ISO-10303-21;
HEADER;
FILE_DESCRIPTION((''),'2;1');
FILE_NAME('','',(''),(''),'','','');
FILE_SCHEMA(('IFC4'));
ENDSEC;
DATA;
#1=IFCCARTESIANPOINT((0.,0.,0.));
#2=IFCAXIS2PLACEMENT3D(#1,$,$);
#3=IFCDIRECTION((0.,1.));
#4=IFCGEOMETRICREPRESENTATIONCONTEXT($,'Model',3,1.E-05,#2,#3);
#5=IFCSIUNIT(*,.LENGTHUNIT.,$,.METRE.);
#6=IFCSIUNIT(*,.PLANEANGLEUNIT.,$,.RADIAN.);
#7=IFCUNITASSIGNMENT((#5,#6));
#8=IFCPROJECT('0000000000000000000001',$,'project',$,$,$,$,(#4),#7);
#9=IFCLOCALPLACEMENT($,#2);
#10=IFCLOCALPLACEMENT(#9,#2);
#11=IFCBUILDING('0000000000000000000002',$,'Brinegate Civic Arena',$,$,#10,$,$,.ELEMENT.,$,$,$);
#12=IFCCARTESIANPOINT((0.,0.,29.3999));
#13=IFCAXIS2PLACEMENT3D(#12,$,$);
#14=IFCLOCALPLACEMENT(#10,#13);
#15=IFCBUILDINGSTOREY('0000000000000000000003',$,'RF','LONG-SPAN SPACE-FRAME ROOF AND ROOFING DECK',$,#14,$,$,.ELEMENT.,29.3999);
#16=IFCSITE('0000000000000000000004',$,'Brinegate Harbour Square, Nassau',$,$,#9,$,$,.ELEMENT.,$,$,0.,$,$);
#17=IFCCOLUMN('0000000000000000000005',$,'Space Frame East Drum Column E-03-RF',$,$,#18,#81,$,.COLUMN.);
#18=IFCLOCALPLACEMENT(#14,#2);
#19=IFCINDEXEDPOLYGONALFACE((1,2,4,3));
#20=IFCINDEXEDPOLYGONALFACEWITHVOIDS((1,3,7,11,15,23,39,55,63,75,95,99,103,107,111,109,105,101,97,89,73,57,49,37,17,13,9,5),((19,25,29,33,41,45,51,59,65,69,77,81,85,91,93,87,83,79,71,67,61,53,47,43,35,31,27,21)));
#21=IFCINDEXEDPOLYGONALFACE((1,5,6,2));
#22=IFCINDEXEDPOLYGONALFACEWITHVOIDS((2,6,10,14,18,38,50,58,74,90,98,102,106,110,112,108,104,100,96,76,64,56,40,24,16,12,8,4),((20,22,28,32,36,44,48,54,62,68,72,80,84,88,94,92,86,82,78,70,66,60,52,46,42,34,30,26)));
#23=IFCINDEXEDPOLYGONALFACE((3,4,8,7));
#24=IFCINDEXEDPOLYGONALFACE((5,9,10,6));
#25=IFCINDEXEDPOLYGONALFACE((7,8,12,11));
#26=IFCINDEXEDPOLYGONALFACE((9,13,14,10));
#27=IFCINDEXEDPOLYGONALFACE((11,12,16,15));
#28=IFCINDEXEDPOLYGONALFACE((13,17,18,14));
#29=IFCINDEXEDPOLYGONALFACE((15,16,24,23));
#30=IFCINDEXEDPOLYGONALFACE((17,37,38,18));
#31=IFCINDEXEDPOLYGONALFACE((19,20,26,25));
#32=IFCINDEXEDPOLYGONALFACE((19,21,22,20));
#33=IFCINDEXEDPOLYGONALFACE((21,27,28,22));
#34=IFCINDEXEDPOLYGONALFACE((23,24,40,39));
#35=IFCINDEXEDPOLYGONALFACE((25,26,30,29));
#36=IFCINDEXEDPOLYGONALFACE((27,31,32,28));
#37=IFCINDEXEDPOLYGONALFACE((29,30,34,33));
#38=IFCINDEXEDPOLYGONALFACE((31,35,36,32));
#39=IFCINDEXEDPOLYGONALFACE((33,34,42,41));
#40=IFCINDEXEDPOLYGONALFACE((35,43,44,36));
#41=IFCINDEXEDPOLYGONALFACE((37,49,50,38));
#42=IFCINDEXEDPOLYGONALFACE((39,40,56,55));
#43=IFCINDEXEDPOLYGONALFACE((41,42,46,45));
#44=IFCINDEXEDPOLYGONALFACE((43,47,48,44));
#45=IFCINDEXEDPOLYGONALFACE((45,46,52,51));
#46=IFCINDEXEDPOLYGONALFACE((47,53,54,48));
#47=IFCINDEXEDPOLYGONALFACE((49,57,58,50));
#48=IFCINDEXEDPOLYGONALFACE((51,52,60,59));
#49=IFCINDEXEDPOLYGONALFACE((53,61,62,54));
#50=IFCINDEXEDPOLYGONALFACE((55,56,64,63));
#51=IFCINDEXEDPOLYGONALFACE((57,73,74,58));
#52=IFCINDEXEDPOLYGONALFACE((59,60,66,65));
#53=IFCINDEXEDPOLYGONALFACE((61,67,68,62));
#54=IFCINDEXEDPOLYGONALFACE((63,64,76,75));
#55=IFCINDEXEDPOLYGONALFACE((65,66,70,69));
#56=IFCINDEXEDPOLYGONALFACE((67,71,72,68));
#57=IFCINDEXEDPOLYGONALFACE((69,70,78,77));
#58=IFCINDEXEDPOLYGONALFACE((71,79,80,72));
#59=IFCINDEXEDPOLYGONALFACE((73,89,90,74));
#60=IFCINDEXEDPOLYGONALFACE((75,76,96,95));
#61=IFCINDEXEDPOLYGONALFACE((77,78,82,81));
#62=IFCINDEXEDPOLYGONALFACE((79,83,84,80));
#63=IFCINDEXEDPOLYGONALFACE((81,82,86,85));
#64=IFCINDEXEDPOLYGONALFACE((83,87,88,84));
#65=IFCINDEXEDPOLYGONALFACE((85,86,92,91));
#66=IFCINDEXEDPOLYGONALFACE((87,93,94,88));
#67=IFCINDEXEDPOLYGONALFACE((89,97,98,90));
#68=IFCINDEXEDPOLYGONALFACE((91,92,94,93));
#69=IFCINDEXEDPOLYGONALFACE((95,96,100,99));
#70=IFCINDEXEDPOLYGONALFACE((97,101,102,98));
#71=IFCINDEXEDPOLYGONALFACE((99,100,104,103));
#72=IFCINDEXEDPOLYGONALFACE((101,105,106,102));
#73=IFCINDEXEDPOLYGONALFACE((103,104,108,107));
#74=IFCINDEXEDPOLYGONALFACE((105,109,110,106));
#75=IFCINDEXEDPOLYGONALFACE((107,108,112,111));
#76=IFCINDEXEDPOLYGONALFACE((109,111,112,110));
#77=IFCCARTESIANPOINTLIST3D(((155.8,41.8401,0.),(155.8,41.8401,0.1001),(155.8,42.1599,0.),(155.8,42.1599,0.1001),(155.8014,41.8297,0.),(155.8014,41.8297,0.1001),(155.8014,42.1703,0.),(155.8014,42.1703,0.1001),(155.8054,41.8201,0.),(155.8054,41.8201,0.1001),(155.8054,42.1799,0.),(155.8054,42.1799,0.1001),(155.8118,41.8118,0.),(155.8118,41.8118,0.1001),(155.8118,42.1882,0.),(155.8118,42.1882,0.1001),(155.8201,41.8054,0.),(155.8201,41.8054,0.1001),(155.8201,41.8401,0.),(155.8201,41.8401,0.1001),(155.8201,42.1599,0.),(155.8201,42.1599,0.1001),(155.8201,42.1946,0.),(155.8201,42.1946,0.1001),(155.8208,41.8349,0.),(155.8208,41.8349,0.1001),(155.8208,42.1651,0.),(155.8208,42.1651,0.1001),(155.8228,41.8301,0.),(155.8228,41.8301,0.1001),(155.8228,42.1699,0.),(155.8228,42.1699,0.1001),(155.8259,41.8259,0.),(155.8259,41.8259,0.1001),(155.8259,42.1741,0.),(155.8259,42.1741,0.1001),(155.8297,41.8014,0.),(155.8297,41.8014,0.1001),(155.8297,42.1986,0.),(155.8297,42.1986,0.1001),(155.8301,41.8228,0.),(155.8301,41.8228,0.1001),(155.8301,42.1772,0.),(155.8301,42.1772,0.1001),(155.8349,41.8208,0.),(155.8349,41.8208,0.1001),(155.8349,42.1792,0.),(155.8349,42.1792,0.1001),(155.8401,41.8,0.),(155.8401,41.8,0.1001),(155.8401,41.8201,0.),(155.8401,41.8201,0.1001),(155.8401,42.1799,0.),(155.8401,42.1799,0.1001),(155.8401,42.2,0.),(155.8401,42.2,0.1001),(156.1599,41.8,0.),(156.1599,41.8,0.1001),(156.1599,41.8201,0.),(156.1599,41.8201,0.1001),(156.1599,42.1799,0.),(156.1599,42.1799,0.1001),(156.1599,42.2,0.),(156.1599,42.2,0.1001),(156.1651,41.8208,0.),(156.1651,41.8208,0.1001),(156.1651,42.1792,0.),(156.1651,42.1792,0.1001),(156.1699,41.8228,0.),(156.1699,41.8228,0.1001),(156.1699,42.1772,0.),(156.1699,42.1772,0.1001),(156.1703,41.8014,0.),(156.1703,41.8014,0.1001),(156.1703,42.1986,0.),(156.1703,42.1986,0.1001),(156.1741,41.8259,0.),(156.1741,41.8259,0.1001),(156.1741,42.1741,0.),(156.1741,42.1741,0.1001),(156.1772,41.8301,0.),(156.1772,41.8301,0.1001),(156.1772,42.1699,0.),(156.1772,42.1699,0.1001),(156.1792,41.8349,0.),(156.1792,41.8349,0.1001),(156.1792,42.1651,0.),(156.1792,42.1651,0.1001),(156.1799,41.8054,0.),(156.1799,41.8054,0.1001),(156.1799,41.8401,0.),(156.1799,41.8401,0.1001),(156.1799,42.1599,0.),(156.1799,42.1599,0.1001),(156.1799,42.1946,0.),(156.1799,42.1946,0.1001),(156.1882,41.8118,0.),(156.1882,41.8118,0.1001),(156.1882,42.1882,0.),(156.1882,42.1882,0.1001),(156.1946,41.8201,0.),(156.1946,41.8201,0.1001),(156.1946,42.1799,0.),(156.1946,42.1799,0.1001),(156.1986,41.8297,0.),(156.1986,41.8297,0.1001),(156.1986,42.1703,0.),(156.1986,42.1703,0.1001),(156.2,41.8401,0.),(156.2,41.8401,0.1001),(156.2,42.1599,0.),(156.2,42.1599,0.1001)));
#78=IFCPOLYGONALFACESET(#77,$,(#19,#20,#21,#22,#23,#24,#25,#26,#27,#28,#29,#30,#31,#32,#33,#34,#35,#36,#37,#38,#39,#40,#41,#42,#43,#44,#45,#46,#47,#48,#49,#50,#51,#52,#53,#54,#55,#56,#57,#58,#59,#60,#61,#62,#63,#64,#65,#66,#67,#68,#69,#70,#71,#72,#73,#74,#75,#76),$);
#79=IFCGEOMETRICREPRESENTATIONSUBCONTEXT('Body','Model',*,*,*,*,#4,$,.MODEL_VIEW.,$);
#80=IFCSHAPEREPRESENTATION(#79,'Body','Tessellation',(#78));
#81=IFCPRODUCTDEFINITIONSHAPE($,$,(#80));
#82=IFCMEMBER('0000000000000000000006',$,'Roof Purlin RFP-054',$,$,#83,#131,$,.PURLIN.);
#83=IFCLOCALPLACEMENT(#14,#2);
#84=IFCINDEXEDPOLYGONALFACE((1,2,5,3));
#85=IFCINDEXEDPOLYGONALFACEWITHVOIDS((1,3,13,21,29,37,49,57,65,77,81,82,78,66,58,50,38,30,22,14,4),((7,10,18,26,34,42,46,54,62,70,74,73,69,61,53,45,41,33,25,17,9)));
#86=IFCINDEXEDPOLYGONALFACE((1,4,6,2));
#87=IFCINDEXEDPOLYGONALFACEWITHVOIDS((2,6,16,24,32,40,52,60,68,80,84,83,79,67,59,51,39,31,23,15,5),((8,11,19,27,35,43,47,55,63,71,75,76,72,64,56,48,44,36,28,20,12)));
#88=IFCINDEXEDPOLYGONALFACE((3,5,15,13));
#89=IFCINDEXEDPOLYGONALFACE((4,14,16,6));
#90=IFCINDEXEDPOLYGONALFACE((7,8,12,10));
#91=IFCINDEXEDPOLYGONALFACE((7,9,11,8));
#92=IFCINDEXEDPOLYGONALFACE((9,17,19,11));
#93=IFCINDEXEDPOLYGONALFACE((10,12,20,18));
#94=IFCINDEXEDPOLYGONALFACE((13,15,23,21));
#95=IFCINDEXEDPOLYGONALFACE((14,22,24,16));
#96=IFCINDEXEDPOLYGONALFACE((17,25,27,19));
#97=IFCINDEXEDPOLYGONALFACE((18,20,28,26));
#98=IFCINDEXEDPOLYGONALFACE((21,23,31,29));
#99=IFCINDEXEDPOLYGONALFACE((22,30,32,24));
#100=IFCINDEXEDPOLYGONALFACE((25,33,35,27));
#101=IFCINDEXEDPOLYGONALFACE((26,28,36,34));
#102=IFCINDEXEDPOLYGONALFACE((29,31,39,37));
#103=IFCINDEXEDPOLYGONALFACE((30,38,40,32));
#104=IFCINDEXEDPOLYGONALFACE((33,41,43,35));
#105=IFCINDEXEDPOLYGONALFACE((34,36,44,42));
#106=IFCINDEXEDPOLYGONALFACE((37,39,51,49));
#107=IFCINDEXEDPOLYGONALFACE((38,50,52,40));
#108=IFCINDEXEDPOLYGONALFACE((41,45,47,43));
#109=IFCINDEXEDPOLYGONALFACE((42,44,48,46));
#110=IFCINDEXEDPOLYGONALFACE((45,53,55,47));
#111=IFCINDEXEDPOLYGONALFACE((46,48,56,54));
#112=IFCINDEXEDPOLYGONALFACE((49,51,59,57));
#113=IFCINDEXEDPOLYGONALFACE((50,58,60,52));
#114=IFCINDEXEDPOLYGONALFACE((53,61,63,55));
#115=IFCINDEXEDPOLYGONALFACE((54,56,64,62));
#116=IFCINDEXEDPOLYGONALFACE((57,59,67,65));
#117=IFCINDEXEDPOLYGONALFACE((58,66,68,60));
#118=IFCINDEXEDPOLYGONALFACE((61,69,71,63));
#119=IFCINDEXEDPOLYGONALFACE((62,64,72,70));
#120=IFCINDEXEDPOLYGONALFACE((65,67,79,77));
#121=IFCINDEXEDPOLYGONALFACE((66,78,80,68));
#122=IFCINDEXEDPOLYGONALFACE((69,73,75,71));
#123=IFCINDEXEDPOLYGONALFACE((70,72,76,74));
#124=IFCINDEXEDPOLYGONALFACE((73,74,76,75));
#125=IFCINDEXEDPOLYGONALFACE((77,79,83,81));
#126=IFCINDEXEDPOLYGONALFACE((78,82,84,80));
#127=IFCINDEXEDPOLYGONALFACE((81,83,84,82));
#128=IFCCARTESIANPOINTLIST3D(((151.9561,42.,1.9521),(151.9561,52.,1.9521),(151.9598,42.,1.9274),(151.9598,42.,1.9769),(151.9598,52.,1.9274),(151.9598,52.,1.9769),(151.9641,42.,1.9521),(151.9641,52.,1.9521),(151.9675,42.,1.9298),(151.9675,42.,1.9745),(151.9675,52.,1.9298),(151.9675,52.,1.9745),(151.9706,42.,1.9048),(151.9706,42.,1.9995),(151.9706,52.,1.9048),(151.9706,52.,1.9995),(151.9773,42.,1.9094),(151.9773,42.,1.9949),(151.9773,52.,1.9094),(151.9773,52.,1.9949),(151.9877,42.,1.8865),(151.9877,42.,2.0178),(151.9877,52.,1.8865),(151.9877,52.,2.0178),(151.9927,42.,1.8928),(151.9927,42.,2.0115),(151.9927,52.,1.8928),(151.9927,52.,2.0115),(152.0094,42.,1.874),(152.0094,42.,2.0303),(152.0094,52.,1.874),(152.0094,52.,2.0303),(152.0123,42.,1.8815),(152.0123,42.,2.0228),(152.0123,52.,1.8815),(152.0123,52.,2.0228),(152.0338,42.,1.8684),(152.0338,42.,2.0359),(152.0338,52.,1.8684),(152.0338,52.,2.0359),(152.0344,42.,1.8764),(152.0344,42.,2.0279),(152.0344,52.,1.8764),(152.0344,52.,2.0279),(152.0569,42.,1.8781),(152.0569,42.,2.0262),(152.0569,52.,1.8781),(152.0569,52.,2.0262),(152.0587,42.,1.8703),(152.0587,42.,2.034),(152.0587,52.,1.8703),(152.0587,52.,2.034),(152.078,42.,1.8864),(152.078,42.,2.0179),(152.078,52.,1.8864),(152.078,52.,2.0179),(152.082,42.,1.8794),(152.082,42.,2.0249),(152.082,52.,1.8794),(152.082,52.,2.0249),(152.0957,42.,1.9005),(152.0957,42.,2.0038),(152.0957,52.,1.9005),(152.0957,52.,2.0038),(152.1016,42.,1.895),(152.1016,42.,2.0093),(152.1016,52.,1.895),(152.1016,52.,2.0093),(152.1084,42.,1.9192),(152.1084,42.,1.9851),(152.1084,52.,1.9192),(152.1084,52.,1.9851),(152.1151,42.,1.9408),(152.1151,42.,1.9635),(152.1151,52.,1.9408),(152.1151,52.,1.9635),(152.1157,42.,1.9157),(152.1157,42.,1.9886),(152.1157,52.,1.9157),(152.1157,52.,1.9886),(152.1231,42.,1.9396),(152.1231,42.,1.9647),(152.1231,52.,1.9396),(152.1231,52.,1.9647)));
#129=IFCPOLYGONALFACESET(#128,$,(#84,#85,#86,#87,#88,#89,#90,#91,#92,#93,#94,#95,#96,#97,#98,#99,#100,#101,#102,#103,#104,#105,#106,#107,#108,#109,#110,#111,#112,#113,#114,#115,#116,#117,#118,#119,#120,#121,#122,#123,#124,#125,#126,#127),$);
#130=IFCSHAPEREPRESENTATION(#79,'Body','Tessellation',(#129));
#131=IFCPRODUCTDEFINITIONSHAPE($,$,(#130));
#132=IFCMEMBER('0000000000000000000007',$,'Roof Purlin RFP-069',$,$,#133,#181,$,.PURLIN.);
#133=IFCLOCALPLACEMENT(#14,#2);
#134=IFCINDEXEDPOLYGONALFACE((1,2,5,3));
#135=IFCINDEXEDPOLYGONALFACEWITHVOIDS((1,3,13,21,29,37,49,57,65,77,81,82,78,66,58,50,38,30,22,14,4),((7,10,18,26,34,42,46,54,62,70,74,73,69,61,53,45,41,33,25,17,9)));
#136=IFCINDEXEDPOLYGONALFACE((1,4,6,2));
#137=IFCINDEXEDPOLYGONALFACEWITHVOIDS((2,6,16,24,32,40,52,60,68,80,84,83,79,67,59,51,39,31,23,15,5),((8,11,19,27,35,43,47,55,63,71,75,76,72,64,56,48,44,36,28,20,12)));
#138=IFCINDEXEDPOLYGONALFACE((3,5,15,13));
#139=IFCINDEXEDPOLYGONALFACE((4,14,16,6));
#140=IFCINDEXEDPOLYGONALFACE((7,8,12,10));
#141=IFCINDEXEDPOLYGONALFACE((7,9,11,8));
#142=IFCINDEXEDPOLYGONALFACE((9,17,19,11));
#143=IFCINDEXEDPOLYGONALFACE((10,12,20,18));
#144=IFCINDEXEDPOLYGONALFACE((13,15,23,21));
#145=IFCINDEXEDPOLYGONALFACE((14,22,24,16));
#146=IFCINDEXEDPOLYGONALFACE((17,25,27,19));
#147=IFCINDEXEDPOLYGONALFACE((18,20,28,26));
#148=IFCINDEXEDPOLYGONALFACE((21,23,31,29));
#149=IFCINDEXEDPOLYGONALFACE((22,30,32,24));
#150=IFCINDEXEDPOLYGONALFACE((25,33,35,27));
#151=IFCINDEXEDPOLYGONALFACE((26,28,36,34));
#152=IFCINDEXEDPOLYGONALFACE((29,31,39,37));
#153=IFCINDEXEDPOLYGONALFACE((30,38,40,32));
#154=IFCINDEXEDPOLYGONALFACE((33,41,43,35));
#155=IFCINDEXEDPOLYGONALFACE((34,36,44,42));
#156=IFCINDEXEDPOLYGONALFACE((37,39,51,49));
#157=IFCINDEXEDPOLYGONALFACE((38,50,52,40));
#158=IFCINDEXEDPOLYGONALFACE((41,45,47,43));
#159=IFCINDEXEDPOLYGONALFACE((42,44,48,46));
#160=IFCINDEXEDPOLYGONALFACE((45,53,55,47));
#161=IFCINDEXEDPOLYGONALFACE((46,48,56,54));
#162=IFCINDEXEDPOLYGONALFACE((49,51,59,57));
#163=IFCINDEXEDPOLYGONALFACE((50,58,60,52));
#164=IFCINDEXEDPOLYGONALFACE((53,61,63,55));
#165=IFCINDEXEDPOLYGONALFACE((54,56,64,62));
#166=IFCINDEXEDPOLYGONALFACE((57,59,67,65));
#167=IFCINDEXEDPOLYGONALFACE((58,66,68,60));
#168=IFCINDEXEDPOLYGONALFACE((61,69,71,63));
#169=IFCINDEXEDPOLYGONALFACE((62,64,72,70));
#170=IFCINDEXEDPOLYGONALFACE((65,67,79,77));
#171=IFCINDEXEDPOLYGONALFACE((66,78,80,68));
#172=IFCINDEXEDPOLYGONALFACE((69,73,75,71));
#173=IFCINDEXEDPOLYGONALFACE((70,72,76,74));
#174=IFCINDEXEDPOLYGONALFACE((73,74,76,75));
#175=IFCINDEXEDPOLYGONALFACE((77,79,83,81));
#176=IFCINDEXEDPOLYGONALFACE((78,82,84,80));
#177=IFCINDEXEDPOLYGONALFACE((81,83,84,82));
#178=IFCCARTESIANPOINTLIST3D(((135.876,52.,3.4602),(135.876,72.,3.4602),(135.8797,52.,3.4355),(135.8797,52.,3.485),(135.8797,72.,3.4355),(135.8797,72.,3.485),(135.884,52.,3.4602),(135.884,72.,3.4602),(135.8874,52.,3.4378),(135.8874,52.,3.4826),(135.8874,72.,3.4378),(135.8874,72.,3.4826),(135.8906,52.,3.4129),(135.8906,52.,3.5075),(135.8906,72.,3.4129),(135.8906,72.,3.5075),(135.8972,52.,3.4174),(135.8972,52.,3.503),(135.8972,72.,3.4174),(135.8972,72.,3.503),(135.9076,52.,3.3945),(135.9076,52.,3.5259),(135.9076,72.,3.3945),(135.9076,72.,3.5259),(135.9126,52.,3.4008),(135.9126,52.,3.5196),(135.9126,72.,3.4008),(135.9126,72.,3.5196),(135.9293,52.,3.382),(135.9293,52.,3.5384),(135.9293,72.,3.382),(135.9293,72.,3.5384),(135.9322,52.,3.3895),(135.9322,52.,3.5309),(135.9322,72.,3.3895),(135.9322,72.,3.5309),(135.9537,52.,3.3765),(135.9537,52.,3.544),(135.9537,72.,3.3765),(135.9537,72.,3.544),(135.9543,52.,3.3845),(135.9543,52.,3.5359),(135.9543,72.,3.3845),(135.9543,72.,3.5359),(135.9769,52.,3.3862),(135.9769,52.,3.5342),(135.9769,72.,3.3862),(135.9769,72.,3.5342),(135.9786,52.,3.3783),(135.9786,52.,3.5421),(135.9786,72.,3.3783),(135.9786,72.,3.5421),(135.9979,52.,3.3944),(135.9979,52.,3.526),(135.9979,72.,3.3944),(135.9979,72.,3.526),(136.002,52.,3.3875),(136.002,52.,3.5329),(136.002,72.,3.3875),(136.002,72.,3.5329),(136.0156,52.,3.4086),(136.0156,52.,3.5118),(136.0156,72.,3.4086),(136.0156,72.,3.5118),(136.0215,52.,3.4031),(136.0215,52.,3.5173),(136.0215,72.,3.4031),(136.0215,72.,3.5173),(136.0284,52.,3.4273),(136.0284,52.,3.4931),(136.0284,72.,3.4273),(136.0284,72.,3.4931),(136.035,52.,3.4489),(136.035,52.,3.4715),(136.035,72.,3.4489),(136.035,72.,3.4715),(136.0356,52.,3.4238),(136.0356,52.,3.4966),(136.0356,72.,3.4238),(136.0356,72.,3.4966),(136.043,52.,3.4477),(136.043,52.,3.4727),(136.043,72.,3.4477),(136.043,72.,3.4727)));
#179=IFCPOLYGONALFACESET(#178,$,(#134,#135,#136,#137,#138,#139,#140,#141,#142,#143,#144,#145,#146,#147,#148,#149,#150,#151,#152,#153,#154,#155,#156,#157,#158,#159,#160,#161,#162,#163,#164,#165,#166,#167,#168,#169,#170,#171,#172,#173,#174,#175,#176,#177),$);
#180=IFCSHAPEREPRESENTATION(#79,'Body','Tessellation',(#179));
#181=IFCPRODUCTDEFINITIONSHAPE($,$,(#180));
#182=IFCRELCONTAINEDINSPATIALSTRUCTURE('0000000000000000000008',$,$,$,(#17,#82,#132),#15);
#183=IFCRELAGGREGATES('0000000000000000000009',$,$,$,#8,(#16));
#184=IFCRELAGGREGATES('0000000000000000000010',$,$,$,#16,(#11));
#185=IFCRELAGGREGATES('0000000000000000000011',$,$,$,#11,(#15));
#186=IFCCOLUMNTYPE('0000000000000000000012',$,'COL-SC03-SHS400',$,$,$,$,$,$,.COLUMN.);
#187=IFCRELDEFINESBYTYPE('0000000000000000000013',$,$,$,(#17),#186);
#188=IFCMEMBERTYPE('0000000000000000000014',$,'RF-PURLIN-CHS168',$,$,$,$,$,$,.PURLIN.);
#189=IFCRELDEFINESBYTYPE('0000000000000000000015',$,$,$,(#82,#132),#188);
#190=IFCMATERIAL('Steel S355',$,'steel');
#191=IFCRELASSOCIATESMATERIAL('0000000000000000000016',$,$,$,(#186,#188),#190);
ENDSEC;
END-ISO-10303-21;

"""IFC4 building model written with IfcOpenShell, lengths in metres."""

from ifc_helpers import new_model, si_unit, direction, frame, origin, origin_2d, place, context, subcontext, project, spatial, hollow_rectangle, hollow_circle, extrude, material, material_profile, profile_set, type_object, element, save


model = new_model("IFC4")

# Units and contexts
model_context = context("Model", 3, precision=1e-05, world=origin(), true_north=direction((0.0, 1.0)))
body_context = subcontext(model_context, "Body", "Model", "MODEL_VIEW")
ifc_project = project(units=[si_unit("LENGTHUNIT", "METRE"), si_unit("PLANEANGLEUNIT", "RADIAN")], contexts=[model_context])

# Site, building, storey
site_placement = place(None, origin())
site = spatial("IfcSite", under=ifc_project, at=site_placement, Name="Brinegate Harbour Square, Nassau", CompositionType="ELEMENT", RefElevation=0.0)
building_placement = place(site_placement, origin())
building = spatial("IfcBuilding", under=site, at=building_placement, Name="Brinegate Civic Arena", CompositionType="ELEMENT")
storey_placement = place(building_placement, frame((0.0, 0.0, 29.3999)))
storey = spatial("IfcBuildingStorey", under=building, at=storey_placement, Name="RF", Description="LONG-SPAN SPACE-FRAME ROOF AND ROOFING DECK", CompositionType="ELEMENT", Elevation=29.3999)

# Column
ifc_material_1 = material(Name="Steel S355", Category="steel")
ifc_material_profile_1 = material_profile(ifc_material_1, hollow_rectangle(XDim=0.3999, YDim=0.3999, WallThickness=0.02, InnerFilletRadius=0.02, OuterFilletRadius=0.04, at=origin_2d()), Name="SHS400X20")
ifc_profile_set_1 = profile_set([ifc_material_profile_1], Name="Steel S355")
column_type = type_object("IfcColumnType", Name="COL-SC03-SHS400", PredefinedType="COLUMN", material=ifc_profile_set_1)
column_placement = place(storey_placement, frame((156.0, 42.0, 0.0), z_axis=(0.0, 0.0, 1.0), x_axis=(1.0, 0.0, 0.0)))
element("IfcColumn", 1, at=column_placement, inside=storey, type_object=column_type, Name="Space Frame East Drum Column E-03-RF", PredefinedType="COLUMN", context=body_context, shape_type="SweptSolid", body=[
    extrude(hollow_rectangle(XDim=0.3999, YDim=0.3999, WallThickness=0.02, InnerFilletRadius=0.02, OuterFilletRadius=0.04, at=origin_2d()), origin(), (0.0, 0.0, 1.0), 0.1001),
])

# Members
ifc_material_profile_2 = material_profile(ifc_material_1, hollow_circle(Radius=0.084, WallThickness=0.0081, at=origin_2d()), Name="CHS168X8")
ifc_profile_set_2 = profile_set([ifc_material_profile_2], Name="Steel S355")
member_type_1 = type_object("IfcMemberType", Name="RF-PURLIN-CHS168", PredefinedType="PURLIN", material=ifc_profile_set_2)
member_1_placement = place(storey_placement, frame((152.04, 42.0, 1.9521), z_axis=(0.0, 1.0, 0.0), x_axis=(-1.0, 0.0, 0.0)))
element("IfcMember", 2, at=member_1_placement, inside=storey, type_object=member_type_1, Name="Roof Purlin RFP-054", PredefinedType="PURLIN", context=body_context, shape_type="SweptSolid", body=[
    extrude(hollow_circle(Radius=0.084, WallThickness=0.0081, at=origin_2d()), origin(), (0.0, 0.0, 1.0), 10.0),
])
for number, where, z_axis, x_axis, name in (
    (3, (135.96, 52.0, 3.4602), (0.0, 1.0, 0.0), (-1.0, 0.0, 0.0), "Roof Purlin RFP-069"),
):
    element("IfcMember", number, at=place(storey_placement, frame(where, z_axis=z_axis, x_axis=x_axis)), inside=storey, type_object=member_type_1, Name=name, PredefinedType="PURLIN", context=body_context, shape_type="SweptSolid", body=[
        extrude(hollow_circle(Radius=0.084, WallThickness=0.0081, at=origin_2d()), origin(), (0.0, 0.0, 1.0), 20.0),
    ])

save(model, "model.ifc")
